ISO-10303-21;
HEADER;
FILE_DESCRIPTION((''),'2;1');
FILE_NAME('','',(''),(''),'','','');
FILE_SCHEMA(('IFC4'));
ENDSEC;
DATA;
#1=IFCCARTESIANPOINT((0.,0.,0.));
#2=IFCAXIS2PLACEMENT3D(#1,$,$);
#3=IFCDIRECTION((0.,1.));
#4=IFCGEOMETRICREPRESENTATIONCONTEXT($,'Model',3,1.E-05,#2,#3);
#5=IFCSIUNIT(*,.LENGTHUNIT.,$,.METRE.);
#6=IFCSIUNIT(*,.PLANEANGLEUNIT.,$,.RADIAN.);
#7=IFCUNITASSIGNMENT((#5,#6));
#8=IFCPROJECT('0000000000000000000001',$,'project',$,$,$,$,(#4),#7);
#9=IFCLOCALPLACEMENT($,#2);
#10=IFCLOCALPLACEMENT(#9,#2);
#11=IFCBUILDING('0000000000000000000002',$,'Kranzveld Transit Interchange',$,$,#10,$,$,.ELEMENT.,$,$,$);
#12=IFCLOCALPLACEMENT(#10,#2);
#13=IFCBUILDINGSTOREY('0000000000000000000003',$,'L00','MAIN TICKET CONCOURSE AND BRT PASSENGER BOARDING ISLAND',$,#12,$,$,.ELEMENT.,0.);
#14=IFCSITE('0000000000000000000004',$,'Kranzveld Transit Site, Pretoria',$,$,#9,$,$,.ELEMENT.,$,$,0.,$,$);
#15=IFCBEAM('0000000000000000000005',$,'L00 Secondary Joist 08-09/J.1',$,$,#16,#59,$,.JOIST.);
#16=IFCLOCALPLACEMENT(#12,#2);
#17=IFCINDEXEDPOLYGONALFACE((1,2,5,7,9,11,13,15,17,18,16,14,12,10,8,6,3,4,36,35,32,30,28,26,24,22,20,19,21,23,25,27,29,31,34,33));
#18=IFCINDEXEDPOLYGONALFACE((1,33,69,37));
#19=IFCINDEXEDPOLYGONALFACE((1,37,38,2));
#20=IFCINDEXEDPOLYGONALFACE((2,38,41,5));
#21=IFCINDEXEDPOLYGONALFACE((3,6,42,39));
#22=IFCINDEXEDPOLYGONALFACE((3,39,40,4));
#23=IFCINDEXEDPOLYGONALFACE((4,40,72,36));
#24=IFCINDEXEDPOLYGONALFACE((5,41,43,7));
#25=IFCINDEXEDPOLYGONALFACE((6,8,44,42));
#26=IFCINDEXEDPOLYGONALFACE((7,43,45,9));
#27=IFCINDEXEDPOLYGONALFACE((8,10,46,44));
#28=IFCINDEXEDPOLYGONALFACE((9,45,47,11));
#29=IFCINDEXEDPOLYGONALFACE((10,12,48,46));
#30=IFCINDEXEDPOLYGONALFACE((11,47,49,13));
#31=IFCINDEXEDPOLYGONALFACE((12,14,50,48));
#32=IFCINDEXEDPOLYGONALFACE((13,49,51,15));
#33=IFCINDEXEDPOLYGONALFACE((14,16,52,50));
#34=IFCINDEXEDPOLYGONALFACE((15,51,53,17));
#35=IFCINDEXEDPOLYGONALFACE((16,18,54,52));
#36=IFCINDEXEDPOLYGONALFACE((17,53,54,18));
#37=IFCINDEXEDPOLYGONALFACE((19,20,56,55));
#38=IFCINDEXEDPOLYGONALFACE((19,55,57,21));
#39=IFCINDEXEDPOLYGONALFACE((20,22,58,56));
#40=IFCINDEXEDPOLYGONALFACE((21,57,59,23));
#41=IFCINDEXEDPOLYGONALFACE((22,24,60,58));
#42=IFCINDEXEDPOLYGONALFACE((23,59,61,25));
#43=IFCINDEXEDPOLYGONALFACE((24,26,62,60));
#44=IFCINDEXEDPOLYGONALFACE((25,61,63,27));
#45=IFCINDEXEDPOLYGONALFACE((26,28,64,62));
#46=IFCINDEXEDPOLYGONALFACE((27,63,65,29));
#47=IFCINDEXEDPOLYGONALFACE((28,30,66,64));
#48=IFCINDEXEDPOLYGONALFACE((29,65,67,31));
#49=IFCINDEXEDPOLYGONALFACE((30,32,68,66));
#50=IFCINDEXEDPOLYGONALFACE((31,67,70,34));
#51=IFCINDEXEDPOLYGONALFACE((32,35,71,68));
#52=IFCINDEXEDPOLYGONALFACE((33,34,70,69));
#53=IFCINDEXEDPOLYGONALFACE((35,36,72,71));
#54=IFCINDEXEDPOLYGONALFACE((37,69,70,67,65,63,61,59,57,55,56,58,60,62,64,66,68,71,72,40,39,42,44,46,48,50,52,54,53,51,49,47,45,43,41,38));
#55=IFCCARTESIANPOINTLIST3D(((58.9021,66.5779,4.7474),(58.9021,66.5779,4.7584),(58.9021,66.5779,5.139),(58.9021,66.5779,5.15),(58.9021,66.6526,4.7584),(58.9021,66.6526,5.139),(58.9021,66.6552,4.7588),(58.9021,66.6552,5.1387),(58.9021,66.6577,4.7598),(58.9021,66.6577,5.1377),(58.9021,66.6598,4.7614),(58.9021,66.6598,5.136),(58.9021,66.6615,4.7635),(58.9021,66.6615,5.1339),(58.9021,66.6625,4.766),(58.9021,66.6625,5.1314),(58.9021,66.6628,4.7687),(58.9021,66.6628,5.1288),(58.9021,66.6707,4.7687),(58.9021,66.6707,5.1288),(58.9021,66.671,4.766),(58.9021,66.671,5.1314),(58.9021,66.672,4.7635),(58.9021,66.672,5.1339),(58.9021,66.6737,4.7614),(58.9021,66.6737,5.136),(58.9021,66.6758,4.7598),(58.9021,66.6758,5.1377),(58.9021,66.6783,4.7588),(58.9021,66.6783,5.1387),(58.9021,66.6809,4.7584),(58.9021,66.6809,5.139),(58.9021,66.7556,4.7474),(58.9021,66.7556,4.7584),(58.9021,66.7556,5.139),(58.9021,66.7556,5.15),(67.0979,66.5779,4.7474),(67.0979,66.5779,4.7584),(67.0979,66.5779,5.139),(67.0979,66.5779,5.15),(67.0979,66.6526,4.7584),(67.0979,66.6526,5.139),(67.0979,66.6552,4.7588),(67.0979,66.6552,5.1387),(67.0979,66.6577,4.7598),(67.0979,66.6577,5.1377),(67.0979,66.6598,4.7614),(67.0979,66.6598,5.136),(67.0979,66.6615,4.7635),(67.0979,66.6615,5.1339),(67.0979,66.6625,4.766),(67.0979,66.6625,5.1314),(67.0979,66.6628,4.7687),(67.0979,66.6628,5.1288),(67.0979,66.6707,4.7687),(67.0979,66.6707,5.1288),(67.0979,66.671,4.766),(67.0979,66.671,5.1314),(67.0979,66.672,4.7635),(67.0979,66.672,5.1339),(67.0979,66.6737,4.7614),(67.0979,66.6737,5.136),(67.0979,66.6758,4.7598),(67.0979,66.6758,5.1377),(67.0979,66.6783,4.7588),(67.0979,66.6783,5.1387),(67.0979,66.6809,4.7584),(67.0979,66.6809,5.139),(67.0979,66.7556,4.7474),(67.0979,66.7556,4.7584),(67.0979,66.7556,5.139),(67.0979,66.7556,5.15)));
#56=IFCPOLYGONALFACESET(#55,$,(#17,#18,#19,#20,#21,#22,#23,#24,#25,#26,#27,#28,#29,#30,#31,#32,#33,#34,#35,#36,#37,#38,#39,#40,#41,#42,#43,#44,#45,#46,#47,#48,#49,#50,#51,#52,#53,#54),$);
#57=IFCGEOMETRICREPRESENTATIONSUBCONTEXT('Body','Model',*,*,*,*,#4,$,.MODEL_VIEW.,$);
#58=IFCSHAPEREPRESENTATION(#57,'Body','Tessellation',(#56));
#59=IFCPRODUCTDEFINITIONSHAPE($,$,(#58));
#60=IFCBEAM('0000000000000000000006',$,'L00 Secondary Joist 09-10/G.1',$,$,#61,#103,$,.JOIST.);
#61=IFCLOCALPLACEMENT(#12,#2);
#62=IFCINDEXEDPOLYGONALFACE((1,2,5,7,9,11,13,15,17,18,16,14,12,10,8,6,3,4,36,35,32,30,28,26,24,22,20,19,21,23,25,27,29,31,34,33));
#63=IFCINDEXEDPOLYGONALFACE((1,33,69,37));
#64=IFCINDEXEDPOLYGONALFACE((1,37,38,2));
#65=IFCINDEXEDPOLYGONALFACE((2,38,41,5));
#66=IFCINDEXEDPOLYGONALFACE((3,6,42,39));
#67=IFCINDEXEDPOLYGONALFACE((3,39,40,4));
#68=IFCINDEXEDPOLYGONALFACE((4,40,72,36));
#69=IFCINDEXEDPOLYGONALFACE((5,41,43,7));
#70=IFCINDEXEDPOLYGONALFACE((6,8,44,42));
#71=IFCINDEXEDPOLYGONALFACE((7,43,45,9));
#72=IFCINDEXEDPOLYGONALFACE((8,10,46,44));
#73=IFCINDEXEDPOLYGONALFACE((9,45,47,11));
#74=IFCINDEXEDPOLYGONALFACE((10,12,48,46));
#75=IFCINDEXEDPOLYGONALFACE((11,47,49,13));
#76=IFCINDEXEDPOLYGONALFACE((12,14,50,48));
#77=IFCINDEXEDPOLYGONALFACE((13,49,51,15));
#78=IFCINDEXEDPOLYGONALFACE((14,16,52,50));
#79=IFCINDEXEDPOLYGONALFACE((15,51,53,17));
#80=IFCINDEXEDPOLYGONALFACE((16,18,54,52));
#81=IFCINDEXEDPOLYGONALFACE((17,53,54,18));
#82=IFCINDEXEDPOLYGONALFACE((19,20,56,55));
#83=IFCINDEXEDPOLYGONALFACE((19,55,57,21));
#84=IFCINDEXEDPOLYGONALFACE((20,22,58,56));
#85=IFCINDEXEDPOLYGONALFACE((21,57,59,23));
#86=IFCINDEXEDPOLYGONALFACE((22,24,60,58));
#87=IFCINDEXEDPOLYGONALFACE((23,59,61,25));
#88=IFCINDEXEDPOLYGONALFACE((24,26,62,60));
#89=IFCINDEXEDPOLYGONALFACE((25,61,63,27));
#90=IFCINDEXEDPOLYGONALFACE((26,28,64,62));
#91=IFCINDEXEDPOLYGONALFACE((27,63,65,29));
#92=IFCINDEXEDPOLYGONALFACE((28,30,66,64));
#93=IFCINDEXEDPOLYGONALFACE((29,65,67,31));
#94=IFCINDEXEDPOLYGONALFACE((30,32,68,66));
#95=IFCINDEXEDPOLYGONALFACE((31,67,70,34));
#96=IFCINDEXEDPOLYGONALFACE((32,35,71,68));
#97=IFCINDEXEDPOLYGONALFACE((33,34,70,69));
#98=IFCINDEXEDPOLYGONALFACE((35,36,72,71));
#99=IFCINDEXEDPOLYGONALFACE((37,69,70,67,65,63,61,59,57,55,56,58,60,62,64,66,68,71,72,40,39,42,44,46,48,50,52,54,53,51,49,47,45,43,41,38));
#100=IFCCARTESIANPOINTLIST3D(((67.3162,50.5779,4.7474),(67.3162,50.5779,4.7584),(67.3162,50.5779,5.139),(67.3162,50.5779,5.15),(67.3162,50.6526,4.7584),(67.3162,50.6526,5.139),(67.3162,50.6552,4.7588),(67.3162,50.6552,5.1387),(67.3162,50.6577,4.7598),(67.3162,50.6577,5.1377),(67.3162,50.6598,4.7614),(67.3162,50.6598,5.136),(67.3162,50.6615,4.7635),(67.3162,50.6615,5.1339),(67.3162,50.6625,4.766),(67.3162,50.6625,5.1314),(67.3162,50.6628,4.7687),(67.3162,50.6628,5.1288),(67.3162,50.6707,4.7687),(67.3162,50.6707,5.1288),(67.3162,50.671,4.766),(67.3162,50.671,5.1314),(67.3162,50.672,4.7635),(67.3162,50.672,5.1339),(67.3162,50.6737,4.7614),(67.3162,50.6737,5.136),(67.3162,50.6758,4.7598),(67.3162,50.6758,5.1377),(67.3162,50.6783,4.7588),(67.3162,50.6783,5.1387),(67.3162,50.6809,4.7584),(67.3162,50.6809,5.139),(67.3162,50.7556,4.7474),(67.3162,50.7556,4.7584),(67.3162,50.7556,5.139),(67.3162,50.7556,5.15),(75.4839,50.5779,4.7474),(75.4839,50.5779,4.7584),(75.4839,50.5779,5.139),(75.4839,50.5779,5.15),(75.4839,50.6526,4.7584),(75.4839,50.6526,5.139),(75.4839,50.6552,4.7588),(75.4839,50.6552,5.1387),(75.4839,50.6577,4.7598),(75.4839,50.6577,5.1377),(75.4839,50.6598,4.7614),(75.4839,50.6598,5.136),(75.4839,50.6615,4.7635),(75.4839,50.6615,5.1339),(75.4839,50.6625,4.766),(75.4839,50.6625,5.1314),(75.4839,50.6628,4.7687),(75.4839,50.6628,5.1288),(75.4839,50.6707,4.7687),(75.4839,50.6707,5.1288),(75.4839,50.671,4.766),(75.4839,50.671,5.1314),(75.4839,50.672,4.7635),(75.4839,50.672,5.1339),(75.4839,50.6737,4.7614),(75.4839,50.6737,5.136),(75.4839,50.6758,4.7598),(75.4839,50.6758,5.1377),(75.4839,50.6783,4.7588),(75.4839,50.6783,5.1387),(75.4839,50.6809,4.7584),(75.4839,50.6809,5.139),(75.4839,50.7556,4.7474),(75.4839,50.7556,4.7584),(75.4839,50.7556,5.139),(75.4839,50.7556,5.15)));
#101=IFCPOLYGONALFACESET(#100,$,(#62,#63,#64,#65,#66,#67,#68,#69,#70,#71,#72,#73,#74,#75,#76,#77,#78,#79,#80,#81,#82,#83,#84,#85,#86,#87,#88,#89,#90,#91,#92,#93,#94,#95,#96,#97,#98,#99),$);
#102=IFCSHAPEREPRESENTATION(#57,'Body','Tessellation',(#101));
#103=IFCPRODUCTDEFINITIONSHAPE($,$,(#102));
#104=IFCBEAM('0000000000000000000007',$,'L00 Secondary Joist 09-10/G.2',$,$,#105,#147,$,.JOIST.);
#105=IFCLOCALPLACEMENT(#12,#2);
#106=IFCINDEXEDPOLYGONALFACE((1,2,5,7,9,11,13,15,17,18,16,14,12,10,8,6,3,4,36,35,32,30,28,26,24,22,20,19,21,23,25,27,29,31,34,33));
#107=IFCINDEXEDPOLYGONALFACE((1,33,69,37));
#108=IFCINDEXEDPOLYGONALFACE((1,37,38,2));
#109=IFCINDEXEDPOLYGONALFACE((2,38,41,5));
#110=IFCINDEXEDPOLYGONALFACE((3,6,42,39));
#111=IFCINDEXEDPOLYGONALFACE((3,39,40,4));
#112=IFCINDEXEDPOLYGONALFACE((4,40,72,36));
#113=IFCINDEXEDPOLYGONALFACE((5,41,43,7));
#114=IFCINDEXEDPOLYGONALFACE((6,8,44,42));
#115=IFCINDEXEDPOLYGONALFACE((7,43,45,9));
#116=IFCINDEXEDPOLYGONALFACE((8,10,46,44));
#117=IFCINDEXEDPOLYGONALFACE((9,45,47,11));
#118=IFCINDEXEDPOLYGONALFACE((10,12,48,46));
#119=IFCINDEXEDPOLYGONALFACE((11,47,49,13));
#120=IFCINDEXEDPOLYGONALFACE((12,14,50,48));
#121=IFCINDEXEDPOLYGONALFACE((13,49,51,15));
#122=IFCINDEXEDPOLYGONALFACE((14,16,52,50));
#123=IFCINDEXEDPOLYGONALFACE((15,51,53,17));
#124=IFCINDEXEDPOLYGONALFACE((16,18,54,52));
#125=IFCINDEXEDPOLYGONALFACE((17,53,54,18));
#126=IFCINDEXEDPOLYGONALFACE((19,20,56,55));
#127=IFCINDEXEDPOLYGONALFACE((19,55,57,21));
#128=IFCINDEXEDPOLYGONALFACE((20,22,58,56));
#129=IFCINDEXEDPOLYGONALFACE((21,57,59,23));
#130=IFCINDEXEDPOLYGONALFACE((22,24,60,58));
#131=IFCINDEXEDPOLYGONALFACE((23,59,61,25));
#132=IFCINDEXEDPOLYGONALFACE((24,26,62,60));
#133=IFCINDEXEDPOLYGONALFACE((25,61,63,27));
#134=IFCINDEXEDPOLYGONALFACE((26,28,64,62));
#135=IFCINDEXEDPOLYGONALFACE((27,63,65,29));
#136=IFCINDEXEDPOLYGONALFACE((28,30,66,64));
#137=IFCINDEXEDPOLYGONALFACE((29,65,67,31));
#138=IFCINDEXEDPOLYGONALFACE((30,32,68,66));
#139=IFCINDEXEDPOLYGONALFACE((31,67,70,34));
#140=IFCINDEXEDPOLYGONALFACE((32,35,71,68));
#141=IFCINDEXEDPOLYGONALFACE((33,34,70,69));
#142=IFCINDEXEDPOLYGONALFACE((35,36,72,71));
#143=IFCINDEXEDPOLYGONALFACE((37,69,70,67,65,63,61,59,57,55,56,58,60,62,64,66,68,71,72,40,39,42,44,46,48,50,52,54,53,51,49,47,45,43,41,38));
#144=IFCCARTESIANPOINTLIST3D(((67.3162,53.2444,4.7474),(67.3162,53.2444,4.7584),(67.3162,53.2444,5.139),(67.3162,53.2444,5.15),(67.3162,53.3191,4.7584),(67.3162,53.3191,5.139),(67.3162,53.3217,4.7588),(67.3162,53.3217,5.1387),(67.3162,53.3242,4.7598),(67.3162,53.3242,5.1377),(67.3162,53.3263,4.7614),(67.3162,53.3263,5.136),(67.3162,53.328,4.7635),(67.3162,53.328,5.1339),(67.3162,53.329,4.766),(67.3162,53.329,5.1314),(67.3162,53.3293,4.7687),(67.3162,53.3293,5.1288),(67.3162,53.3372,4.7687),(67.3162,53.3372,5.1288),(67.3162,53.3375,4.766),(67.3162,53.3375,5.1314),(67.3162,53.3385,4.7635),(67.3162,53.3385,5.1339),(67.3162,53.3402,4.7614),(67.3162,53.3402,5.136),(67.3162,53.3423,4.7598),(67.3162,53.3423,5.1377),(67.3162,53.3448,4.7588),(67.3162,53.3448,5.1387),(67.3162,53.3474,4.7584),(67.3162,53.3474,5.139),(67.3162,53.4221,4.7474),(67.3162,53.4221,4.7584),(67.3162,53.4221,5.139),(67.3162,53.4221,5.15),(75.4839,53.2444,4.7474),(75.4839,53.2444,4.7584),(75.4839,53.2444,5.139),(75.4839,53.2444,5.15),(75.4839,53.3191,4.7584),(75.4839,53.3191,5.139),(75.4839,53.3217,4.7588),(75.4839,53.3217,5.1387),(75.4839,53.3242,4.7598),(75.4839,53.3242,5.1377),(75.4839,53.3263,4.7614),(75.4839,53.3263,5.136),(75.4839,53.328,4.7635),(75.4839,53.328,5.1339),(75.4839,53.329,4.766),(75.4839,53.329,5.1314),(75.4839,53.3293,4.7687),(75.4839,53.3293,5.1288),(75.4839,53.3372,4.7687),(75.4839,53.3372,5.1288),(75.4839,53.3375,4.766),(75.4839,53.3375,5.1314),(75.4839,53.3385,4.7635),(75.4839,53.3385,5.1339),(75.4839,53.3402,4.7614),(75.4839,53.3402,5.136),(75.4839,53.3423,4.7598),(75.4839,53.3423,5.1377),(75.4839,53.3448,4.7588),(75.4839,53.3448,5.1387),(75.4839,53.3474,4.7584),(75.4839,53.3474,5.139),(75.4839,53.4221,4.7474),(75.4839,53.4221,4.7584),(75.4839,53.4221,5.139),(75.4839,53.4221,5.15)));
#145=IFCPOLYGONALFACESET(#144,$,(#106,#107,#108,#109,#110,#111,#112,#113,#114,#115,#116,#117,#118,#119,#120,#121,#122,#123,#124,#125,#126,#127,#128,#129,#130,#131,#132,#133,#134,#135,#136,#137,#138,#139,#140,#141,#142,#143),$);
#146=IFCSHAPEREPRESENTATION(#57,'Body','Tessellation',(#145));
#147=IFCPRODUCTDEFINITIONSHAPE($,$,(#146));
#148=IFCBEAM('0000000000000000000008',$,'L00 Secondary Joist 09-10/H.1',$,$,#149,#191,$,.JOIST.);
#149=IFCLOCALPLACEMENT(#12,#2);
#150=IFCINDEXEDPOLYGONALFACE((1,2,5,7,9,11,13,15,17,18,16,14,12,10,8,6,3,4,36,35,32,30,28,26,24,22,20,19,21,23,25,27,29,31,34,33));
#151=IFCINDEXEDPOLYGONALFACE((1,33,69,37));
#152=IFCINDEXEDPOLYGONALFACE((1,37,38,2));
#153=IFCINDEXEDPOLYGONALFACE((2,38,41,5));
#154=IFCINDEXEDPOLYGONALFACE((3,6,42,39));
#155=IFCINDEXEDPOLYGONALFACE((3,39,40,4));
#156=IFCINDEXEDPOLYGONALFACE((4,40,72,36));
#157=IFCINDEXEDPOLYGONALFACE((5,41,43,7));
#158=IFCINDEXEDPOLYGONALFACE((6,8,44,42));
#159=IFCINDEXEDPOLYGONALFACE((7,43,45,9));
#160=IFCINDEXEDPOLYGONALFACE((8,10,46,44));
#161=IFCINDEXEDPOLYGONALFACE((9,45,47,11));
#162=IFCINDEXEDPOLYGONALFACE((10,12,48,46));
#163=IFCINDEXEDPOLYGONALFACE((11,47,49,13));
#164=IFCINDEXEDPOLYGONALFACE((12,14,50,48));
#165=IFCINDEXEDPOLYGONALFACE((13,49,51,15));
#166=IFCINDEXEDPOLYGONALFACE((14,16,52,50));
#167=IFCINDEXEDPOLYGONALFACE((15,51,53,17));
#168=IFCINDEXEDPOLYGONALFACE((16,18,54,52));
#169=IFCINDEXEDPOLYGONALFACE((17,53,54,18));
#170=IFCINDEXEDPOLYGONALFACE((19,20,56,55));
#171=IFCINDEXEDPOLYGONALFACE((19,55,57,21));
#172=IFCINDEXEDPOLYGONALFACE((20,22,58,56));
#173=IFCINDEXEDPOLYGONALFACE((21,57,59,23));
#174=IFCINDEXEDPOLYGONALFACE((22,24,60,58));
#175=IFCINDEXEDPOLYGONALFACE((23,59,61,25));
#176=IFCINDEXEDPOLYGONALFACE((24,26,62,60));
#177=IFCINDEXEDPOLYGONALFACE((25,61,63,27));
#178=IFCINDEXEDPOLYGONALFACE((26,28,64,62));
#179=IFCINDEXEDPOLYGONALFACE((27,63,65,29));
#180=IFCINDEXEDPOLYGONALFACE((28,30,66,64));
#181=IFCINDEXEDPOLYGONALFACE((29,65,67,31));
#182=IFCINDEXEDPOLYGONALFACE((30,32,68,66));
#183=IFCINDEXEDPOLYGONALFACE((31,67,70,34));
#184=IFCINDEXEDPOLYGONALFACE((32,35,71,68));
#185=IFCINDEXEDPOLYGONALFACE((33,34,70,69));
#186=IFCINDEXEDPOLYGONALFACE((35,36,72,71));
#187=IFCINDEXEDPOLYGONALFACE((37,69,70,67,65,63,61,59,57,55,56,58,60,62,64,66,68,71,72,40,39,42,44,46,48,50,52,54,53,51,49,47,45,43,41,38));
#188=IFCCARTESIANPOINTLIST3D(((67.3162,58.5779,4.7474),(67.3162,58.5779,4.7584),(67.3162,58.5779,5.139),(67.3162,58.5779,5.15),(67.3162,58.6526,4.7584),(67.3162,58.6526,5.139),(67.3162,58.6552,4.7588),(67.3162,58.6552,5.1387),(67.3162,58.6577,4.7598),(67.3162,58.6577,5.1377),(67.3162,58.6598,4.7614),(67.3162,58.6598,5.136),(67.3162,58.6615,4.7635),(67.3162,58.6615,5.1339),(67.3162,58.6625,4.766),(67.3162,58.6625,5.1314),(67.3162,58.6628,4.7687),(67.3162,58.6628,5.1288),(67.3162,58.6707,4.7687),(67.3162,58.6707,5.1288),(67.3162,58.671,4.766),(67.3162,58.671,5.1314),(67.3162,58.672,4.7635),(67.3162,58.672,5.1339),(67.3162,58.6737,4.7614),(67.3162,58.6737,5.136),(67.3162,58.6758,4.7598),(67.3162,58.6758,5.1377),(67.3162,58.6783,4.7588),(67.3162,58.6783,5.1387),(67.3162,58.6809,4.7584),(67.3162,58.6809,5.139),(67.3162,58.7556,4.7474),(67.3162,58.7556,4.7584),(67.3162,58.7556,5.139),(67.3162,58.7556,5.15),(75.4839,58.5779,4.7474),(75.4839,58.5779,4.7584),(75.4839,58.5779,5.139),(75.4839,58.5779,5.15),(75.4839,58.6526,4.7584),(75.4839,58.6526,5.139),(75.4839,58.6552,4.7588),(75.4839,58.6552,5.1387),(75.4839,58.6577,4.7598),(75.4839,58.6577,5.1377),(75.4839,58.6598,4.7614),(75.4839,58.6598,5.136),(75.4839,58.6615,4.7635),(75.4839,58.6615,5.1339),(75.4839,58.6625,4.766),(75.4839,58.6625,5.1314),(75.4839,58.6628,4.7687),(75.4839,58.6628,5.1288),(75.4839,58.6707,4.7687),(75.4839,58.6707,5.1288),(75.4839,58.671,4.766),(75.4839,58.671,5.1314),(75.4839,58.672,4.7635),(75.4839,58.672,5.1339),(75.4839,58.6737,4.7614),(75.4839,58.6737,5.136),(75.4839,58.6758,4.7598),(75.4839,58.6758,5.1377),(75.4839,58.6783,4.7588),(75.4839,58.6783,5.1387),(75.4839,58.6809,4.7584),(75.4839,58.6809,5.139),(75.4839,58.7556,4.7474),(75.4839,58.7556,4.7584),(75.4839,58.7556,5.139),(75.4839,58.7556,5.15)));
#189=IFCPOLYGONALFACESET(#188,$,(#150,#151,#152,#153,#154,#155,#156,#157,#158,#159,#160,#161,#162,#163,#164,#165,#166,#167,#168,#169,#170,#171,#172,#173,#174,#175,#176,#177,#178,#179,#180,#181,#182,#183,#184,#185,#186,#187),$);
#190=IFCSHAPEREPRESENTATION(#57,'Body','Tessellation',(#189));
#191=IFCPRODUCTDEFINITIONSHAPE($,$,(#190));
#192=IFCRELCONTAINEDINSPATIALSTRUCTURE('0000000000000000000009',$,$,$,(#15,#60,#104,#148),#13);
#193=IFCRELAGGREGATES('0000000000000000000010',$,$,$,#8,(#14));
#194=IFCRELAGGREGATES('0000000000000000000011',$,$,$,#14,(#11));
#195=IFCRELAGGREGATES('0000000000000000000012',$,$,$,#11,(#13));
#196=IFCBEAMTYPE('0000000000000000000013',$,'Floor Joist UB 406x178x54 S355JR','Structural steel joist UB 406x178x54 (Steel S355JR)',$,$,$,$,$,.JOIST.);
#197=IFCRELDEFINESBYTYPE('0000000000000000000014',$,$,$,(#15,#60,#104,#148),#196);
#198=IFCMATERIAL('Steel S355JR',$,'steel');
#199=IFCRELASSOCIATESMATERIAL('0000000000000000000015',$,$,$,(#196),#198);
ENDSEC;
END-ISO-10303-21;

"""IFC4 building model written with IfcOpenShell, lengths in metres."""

from ifc_helpers import new_model, si_unit, direction, frame, origin, origin_2d, place, context, subcontext, project, spatial, i_section, extrude, material, material_profile, profile_set, type_object, element, save


model = new_model("IFC4")

# Units and contexts
model_context = context("Model", 3, precision=1e-05, world=origin(), true_north=direction((0.0, 1.0)))
body_context = subcontext(model_context, "Body", "Model", "MODEL_VIEW")
ifc_project = project(units=[si_unit("LENGTHUNIT", "METRE"), si_unit("PLANEANGLEUNIT", "RADIAN")], contexts=[model_context])

# Site, building, storey
site_placement = place(None, origin())
site = spatial("IfcSite", under=ifc_project, at=site_placement, Name="Kranzveld Transit Site, Pretoria", CompositionType="ELEMENT", RefElevation=0.0)
building_placement = place(site_placement, origin())
building = spatial("IfcBuilding", under=site, at=building_placement, Name="Kranzveld Transit Interchange", CompositionType="ELEMENT")
storey_placement = place(building_placement, origin())
storey = spatial("IfcBuildingStorey", under=building, at=storey_placement, Name="L00", Description="MAIN TICKET CONCOURSE AND BRT PASSENGER BOARDING ISLAND", CompositionType="ELEMENT", Elevation=0.0)

# Beams
ifc_material_1 = material(Name="Steel S355JR", Category="steel")
ifc_material_profile_1 = material_profile(ifc_material_1, i_section(OverallWidth=0.1777, OverallDepth=0.4026, WebThickness=0.0078, FlangeThickness=0.011, FilletRadius=0.0103, at=origin_2d()), Name="UB 406x178x54")
ifc_profile_set_1 = profile_set([ifc_material_profile_1], Name="Steel S355JR")
beam_type_1 = type_object("IfcBeamType", Name="Floor Joist UB 406x178x54 S355JR", Description="Structural steel joist UB 406x178x54 (Steel S355JR)", PredefinedType="JOIST", material=ifc_profile_set_1)
beam_1_placement = place(storey_placement, frame((58.9021, 66.6667, 4.9487), z_axis=(1.0, 0.0, 0.0), x_axis=(0.0, 1.0, 0.0)))
element("IfcBeam", 1, at=beam_1_placement, inside=storey, type_object=beam_type_1, Name="L00 Secondary Joist 08-09/J.1", PredefinedType="JOIST", context=body_context, shape_type="SweptSolid", body=[
    extrude(i_section(OverallWidth=0.1777, OverallDepth=0.4026, WebThickness=0.0078, FlangeThickness=0.011, FilletRadius=0.0103, at=origin_2d()), origin(), (0.0, 0.0, 1.0), 8.1958),
])
for number, where, z_axis, x_axis, name in (
    (2, (67.3162, 50.6667, 4.9487), (1.0, 0.0, 0.0), (0.0, 1.0, 0.0), "L00 Secondary Joist 09-10/G.1"),
    (3, (67.3162, 53.3333, 4.9487), (1.0, 0.0, 0.0), (0.0, 1.0, 0.0), "L00 Secondary Joist 09-10/G.2"),
    (4, (67.3162, 58.6667, 4.9487), (1.0, 0.0, 0.0), (0.0, 1.0, 0.0), "L00 Secondary Joist 09-10/H.1"),
):
    element("IfcBeam", number, at=place(storey_placement, frame(where, z_axis=z_axis, x_axis=x_axis)), inside=storey, type_object=beam_type_1, Name=name, PredefinedType="JOIST", context=body_context, shape_type="SweptSolid", body=[
        extrude(i_section(OverallWidth=0.1777, OverallDepth=0.4026, WebThickness=0.0078, FlangeThickness=0.011, FilletRadius=0.0103, at=origin_2d()), origin(), (0.0, 0.0, 1.0), 8.1677),
    ])

save(model, "model.ifc")
